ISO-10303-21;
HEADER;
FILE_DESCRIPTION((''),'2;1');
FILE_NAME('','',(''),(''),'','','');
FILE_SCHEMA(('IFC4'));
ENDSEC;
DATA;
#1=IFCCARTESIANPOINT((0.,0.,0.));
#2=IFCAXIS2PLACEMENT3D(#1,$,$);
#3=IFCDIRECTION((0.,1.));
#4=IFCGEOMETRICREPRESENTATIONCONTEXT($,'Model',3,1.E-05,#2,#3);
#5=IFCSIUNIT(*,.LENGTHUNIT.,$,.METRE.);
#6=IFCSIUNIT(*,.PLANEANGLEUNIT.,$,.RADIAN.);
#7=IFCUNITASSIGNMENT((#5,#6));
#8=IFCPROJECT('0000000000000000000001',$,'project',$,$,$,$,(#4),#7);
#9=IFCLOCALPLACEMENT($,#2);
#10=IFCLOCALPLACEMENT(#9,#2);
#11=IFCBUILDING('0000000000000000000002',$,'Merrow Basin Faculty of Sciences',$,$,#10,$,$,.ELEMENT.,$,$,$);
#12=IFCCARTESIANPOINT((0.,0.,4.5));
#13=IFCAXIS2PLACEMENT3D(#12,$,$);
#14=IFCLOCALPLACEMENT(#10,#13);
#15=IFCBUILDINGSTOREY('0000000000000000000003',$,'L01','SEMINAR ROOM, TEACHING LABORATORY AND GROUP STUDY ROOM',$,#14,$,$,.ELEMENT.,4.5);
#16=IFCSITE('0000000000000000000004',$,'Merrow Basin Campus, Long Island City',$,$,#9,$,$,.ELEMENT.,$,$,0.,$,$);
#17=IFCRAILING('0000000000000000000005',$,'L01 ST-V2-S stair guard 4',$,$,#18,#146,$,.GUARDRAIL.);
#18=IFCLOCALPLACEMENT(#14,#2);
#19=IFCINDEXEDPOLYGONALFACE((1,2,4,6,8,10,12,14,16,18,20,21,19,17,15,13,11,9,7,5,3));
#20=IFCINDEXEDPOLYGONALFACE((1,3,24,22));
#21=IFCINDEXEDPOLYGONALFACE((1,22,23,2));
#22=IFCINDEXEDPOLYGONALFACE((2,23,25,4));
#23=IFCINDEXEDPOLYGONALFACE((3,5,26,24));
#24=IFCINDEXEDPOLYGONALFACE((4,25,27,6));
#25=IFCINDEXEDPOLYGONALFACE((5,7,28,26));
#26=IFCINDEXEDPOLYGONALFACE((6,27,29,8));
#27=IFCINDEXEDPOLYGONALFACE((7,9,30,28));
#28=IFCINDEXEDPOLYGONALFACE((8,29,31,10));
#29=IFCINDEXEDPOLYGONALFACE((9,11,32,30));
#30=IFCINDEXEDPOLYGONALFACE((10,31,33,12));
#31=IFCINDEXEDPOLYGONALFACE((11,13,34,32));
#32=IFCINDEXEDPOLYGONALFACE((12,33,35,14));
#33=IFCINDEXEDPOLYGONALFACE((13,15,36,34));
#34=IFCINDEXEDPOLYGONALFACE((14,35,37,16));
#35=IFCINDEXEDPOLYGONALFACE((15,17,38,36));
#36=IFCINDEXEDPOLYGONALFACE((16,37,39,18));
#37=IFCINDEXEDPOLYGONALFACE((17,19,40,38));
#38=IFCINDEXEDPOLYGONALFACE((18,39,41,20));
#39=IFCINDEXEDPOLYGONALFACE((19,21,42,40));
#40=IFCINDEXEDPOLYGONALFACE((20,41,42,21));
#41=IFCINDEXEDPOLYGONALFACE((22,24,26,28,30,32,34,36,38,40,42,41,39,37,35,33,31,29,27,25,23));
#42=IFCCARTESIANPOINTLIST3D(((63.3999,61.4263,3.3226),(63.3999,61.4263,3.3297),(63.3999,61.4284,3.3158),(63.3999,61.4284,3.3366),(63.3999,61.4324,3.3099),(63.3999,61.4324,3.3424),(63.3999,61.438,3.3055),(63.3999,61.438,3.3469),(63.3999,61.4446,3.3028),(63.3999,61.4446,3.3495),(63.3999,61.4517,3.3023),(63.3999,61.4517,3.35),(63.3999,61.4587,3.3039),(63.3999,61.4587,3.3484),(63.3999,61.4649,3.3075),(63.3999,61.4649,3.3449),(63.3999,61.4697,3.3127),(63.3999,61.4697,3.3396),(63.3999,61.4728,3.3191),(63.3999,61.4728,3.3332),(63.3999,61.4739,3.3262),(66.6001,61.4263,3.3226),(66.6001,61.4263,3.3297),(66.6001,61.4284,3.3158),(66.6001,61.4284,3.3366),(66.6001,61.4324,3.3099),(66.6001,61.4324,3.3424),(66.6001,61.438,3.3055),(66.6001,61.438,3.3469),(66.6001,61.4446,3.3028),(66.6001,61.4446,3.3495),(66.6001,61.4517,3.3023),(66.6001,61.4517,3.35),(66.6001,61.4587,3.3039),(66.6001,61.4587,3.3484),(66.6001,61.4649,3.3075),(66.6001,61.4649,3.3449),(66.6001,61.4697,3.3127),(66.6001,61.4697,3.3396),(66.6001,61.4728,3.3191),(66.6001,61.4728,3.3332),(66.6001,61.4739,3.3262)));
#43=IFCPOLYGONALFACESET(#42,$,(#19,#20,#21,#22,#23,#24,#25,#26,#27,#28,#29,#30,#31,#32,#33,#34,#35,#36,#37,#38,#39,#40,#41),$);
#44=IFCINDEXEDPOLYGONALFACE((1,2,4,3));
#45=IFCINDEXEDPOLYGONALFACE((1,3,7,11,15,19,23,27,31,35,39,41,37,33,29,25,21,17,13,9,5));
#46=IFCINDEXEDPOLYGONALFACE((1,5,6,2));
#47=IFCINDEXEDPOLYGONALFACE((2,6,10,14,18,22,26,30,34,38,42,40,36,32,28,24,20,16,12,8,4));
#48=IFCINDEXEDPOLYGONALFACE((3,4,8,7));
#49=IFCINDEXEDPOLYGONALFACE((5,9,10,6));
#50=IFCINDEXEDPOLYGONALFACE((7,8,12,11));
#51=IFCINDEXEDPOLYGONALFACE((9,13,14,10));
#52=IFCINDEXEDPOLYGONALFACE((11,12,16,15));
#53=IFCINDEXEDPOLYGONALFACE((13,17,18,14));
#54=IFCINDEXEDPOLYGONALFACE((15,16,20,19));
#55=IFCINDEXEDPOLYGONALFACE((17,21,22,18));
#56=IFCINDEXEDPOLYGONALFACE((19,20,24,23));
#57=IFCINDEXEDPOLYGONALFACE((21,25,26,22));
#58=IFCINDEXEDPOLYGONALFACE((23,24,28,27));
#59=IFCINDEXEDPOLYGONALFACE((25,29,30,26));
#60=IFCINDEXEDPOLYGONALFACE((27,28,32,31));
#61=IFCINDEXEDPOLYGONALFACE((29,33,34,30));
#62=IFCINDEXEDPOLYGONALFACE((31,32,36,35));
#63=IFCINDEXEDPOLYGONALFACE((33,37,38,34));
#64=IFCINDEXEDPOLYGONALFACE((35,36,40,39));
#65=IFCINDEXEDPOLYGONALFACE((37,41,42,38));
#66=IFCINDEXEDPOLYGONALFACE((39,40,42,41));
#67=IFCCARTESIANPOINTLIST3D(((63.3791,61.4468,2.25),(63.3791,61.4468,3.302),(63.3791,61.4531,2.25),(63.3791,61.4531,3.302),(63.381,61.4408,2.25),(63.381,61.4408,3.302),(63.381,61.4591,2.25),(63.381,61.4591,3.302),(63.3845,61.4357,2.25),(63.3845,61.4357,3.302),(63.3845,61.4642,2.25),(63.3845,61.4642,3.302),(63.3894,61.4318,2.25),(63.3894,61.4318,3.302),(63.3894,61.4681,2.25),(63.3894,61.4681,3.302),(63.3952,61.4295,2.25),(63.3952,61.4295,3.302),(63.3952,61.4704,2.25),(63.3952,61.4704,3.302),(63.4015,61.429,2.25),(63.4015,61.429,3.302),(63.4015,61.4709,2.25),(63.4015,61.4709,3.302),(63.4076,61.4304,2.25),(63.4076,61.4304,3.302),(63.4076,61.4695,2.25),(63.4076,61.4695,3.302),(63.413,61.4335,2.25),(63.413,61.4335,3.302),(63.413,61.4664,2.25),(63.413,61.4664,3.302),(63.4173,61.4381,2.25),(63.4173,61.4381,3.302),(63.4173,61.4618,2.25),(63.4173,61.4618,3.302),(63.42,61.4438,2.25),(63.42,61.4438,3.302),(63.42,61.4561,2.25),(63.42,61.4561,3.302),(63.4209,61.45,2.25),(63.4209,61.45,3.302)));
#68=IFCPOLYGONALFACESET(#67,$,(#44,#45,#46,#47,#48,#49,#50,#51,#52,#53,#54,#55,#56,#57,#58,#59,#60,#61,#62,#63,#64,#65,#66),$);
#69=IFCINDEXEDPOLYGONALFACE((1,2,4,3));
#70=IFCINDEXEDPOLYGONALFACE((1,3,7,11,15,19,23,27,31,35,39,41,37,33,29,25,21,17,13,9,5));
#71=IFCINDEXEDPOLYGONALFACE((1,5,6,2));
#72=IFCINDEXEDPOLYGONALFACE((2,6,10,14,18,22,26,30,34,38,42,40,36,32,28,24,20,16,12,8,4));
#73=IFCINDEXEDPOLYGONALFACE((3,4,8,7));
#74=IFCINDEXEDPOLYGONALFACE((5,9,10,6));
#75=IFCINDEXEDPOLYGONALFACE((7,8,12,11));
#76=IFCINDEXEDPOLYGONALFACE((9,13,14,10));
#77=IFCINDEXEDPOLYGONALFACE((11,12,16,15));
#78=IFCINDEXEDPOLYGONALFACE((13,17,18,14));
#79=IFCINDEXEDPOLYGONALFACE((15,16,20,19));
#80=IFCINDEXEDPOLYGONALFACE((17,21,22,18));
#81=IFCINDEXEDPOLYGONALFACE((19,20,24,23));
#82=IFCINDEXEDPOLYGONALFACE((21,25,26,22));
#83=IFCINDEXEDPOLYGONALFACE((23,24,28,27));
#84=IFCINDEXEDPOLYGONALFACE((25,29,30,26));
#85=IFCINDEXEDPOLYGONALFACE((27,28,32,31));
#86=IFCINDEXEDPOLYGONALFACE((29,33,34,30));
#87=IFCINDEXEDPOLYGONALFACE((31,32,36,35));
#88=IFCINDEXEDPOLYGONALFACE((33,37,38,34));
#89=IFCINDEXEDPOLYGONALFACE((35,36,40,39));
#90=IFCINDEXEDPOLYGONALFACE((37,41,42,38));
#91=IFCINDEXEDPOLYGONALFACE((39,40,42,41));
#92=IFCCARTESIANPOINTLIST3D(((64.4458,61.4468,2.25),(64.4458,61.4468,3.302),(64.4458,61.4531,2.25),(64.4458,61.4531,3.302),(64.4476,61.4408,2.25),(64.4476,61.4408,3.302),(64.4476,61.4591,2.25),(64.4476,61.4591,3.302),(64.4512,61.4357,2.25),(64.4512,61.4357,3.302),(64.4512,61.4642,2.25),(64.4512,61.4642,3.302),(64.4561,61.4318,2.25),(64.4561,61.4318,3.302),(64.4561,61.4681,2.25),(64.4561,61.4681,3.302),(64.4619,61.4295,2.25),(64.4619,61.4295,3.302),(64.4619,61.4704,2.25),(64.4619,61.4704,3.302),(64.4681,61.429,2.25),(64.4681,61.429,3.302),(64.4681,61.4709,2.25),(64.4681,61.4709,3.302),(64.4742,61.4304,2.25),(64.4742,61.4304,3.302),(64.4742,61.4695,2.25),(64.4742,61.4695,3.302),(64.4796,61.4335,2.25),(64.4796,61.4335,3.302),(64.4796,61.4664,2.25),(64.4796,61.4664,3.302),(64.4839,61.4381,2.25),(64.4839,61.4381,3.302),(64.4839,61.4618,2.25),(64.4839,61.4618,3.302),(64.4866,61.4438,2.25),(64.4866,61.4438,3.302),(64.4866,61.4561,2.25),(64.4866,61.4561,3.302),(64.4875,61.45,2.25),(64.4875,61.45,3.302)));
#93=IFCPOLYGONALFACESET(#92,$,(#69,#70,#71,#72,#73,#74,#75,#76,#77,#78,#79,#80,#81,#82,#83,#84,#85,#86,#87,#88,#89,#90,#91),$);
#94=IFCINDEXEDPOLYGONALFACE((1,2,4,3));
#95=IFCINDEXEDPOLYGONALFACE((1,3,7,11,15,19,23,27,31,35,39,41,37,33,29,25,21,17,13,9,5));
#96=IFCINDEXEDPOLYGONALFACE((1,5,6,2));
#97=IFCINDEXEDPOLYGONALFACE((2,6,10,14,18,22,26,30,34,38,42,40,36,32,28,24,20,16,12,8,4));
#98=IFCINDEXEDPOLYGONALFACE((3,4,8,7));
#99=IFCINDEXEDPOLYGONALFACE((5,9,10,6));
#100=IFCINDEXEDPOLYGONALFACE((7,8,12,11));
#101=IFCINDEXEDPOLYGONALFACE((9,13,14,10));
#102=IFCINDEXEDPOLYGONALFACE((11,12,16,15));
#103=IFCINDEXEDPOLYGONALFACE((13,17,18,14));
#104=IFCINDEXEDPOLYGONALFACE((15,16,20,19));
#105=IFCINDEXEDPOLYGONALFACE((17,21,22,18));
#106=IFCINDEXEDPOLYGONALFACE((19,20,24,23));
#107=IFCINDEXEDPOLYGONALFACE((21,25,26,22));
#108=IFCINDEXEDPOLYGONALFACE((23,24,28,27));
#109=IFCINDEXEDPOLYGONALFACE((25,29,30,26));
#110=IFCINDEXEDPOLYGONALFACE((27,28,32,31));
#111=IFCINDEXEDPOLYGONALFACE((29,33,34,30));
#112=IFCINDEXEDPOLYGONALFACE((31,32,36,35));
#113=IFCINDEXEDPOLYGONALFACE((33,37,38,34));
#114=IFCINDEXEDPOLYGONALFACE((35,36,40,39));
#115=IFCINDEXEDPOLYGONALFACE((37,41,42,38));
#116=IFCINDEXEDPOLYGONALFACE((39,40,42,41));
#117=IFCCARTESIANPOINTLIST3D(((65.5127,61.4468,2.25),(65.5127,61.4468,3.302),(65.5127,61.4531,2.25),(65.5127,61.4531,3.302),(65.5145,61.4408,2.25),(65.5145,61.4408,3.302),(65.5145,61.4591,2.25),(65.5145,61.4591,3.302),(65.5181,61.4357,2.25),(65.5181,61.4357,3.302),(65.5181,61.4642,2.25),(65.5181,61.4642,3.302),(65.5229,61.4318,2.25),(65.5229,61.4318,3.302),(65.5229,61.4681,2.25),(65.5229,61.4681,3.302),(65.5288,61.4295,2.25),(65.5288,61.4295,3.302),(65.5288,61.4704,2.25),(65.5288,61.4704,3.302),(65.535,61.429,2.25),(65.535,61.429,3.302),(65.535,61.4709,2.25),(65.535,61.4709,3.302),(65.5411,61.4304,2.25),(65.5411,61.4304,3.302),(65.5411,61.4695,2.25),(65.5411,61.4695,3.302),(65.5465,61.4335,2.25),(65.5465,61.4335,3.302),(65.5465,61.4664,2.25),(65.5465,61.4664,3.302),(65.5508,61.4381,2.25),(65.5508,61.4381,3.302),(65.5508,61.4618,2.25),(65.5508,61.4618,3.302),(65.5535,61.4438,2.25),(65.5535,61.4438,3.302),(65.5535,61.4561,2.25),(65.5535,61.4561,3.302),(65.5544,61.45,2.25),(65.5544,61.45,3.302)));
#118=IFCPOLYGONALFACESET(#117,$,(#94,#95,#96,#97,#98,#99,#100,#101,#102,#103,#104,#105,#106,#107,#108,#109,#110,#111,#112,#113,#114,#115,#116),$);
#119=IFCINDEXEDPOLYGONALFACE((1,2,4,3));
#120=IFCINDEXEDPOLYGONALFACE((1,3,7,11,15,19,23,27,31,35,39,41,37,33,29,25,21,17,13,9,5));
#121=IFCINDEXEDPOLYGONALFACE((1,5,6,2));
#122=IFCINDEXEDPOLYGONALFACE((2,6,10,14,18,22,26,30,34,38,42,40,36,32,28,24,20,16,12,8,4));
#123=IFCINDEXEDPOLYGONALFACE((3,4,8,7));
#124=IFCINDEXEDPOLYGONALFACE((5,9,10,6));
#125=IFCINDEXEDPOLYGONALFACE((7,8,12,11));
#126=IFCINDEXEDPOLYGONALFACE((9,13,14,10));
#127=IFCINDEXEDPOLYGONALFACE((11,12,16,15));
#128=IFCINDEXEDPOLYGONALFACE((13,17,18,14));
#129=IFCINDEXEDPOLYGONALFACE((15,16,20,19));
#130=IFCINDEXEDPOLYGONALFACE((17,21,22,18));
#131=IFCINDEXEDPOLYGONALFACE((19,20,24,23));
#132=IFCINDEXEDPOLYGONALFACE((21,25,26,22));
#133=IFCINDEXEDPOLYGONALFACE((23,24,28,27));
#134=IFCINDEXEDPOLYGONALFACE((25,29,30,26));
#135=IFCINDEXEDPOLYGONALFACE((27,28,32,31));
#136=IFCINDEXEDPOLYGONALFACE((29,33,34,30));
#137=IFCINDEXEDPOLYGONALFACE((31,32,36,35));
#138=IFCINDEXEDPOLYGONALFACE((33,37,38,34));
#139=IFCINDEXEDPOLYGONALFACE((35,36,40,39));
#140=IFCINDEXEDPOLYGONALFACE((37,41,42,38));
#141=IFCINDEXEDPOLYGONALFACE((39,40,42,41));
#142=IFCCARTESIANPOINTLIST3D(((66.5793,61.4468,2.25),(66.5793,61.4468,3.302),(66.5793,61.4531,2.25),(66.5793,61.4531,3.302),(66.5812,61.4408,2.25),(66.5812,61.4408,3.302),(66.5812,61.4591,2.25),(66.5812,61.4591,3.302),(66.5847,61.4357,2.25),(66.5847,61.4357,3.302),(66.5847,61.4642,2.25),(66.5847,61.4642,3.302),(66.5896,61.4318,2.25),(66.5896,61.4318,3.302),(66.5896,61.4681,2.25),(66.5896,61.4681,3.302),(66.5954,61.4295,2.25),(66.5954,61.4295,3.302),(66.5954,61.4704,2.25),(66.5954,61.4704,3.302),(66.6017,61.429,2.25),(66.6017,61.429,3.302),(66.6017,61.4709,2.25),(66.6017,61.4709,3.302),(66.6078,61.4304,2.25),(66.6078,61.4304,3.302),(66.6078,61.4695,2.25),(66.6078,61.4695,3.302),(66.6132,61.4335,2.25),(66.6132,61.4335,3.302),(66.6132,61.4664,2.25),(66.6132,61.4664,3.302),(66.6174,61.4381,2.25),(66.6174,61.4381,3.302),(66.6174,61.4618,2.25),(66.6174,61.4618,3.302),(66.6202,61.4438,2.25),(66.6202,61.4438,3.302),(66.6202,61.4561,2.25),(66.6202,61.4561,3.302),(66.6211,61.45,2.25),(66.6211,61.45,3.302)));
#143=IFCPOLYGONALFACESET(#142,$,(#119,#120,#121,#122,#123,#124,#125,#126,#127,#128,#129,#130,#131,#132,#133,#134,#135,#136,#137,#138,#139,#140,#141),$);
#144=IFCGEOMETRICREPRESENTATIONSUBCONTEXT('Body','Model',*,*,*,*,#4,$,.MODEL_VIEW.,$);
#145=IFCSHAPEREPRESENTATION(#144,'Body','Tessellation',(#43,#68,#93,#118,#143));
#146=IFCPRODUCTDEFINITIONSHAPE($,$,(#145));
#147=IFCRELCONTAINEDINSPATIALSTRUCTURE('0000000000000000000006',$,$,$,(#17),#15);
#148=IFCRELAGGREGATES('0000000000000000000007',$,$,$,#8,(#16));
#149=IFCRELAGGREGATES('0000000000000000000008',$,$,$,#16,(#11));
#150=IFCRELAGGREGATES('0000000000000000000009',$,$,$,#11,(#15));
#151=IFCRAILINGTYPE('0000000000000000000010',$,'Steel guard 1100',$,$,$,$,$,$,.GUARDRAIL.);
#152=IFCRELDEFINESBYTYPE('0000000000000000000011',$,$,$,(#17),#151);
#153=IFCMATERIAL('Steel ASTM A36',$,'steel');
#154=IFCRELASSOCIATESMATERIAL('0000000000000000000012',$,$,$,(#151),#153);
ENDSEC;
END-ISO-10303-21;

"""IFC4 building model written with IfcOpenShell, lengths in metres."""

from ifc_helpers import new_model, si_unit, direction, frame, origin, origin_2d, place, context, subcontext, project, spatial, circle, extrude, material, type_object, element, save


model = new_model("IFC4")

# Units and contexts
model_context = context("Model", 3, precision=1e-05, world=origin(), true_north=direction((0.0, 1.0)))
body_context = subcontext(model_context, "Body", "Model", "MODEL_VIEW")
ifc_project = project(units=[si_unit("LENGTHUNIT", "METRE"), si_unit("PLANEANGLEUNIT", "RADIAN")], contexts=[model_context])

# Site, building, storey
site_placement = place(None, origin())
site = spatial("IfcSite", under=ifc_project, at=site_placement, Name="Merrow Basin Campus, Long Island City", CompositionType="ELEMENT", RefElevation=0.0)
building_placement = place(site_placement, origin())
building = spatial("IfcBuilding", under=site, at=building_placement, Name="Merrow Basin Faculty of Sciences", CompositionType="ELEMENT")
storey_placement = place(building_placement, frame((0.0, 0.0, 4.5)))
storey = spatial("IfcBuildingStorey", under=building, at=storey_placement, Name="L01", Description="SEMINAR ROOM, TEACHING LABORATORY AND GROUP STUDY ROOM", CompositionType="ELEMENT", Elevation=4.5)

# Railing
ifc_material_1 = material(Name="Steel ASTM A36", Category="steel")
railing_type_1 = type_object("IfcRailingType", Name="Steel guard 1100", PredefinedType="GUARDRAIL", material=ifc_material_1)
railing_1_placement = place(storey_placement, frame((63.3999, 61.45, 2.25)))
element("IfcRailing", 1, at=railing_1_placement, inside=storey, type_object=railing_type_1, Name="L01 ST-V2-S stair guard 4", PredefinedType="GUARDRAIL", context=body_context, shape_type="SweptSolid", body=[
    extrude(circle(Radius=0.0239, at=origin_2d()), frame((0.0, 0.0, 1.0762), z_axis=(1.0, 0.0, 0.0), x_axis=(0.0, 1.0, 0.0)), (0.0, 0.0, 1.0), 3.2002),
    extrude(circle(Radius=0.021, at=origin_2d()), origin(), (0.0, 0.0, 1.0), 1.052),
    extrude(circle(Radius=0.021, at=origin_2d()), frame((1.0667, 0.0, 0.0)), (0.0, 0.0, 1.0), 1.052),
    extrude(circle(Radius=0.021, at=origin_2d()), frame((2.1335, 0.0, 0.0)), (0.0, 0.0, 1.0), 1.052),
    extrude(circle(Radius=0.021, at=origin_2d()), frame((3.2002, 0.0, 0.0)), (0.0, 0.0, 1.0), 1.052),
])

save(model, "model.ifc")
